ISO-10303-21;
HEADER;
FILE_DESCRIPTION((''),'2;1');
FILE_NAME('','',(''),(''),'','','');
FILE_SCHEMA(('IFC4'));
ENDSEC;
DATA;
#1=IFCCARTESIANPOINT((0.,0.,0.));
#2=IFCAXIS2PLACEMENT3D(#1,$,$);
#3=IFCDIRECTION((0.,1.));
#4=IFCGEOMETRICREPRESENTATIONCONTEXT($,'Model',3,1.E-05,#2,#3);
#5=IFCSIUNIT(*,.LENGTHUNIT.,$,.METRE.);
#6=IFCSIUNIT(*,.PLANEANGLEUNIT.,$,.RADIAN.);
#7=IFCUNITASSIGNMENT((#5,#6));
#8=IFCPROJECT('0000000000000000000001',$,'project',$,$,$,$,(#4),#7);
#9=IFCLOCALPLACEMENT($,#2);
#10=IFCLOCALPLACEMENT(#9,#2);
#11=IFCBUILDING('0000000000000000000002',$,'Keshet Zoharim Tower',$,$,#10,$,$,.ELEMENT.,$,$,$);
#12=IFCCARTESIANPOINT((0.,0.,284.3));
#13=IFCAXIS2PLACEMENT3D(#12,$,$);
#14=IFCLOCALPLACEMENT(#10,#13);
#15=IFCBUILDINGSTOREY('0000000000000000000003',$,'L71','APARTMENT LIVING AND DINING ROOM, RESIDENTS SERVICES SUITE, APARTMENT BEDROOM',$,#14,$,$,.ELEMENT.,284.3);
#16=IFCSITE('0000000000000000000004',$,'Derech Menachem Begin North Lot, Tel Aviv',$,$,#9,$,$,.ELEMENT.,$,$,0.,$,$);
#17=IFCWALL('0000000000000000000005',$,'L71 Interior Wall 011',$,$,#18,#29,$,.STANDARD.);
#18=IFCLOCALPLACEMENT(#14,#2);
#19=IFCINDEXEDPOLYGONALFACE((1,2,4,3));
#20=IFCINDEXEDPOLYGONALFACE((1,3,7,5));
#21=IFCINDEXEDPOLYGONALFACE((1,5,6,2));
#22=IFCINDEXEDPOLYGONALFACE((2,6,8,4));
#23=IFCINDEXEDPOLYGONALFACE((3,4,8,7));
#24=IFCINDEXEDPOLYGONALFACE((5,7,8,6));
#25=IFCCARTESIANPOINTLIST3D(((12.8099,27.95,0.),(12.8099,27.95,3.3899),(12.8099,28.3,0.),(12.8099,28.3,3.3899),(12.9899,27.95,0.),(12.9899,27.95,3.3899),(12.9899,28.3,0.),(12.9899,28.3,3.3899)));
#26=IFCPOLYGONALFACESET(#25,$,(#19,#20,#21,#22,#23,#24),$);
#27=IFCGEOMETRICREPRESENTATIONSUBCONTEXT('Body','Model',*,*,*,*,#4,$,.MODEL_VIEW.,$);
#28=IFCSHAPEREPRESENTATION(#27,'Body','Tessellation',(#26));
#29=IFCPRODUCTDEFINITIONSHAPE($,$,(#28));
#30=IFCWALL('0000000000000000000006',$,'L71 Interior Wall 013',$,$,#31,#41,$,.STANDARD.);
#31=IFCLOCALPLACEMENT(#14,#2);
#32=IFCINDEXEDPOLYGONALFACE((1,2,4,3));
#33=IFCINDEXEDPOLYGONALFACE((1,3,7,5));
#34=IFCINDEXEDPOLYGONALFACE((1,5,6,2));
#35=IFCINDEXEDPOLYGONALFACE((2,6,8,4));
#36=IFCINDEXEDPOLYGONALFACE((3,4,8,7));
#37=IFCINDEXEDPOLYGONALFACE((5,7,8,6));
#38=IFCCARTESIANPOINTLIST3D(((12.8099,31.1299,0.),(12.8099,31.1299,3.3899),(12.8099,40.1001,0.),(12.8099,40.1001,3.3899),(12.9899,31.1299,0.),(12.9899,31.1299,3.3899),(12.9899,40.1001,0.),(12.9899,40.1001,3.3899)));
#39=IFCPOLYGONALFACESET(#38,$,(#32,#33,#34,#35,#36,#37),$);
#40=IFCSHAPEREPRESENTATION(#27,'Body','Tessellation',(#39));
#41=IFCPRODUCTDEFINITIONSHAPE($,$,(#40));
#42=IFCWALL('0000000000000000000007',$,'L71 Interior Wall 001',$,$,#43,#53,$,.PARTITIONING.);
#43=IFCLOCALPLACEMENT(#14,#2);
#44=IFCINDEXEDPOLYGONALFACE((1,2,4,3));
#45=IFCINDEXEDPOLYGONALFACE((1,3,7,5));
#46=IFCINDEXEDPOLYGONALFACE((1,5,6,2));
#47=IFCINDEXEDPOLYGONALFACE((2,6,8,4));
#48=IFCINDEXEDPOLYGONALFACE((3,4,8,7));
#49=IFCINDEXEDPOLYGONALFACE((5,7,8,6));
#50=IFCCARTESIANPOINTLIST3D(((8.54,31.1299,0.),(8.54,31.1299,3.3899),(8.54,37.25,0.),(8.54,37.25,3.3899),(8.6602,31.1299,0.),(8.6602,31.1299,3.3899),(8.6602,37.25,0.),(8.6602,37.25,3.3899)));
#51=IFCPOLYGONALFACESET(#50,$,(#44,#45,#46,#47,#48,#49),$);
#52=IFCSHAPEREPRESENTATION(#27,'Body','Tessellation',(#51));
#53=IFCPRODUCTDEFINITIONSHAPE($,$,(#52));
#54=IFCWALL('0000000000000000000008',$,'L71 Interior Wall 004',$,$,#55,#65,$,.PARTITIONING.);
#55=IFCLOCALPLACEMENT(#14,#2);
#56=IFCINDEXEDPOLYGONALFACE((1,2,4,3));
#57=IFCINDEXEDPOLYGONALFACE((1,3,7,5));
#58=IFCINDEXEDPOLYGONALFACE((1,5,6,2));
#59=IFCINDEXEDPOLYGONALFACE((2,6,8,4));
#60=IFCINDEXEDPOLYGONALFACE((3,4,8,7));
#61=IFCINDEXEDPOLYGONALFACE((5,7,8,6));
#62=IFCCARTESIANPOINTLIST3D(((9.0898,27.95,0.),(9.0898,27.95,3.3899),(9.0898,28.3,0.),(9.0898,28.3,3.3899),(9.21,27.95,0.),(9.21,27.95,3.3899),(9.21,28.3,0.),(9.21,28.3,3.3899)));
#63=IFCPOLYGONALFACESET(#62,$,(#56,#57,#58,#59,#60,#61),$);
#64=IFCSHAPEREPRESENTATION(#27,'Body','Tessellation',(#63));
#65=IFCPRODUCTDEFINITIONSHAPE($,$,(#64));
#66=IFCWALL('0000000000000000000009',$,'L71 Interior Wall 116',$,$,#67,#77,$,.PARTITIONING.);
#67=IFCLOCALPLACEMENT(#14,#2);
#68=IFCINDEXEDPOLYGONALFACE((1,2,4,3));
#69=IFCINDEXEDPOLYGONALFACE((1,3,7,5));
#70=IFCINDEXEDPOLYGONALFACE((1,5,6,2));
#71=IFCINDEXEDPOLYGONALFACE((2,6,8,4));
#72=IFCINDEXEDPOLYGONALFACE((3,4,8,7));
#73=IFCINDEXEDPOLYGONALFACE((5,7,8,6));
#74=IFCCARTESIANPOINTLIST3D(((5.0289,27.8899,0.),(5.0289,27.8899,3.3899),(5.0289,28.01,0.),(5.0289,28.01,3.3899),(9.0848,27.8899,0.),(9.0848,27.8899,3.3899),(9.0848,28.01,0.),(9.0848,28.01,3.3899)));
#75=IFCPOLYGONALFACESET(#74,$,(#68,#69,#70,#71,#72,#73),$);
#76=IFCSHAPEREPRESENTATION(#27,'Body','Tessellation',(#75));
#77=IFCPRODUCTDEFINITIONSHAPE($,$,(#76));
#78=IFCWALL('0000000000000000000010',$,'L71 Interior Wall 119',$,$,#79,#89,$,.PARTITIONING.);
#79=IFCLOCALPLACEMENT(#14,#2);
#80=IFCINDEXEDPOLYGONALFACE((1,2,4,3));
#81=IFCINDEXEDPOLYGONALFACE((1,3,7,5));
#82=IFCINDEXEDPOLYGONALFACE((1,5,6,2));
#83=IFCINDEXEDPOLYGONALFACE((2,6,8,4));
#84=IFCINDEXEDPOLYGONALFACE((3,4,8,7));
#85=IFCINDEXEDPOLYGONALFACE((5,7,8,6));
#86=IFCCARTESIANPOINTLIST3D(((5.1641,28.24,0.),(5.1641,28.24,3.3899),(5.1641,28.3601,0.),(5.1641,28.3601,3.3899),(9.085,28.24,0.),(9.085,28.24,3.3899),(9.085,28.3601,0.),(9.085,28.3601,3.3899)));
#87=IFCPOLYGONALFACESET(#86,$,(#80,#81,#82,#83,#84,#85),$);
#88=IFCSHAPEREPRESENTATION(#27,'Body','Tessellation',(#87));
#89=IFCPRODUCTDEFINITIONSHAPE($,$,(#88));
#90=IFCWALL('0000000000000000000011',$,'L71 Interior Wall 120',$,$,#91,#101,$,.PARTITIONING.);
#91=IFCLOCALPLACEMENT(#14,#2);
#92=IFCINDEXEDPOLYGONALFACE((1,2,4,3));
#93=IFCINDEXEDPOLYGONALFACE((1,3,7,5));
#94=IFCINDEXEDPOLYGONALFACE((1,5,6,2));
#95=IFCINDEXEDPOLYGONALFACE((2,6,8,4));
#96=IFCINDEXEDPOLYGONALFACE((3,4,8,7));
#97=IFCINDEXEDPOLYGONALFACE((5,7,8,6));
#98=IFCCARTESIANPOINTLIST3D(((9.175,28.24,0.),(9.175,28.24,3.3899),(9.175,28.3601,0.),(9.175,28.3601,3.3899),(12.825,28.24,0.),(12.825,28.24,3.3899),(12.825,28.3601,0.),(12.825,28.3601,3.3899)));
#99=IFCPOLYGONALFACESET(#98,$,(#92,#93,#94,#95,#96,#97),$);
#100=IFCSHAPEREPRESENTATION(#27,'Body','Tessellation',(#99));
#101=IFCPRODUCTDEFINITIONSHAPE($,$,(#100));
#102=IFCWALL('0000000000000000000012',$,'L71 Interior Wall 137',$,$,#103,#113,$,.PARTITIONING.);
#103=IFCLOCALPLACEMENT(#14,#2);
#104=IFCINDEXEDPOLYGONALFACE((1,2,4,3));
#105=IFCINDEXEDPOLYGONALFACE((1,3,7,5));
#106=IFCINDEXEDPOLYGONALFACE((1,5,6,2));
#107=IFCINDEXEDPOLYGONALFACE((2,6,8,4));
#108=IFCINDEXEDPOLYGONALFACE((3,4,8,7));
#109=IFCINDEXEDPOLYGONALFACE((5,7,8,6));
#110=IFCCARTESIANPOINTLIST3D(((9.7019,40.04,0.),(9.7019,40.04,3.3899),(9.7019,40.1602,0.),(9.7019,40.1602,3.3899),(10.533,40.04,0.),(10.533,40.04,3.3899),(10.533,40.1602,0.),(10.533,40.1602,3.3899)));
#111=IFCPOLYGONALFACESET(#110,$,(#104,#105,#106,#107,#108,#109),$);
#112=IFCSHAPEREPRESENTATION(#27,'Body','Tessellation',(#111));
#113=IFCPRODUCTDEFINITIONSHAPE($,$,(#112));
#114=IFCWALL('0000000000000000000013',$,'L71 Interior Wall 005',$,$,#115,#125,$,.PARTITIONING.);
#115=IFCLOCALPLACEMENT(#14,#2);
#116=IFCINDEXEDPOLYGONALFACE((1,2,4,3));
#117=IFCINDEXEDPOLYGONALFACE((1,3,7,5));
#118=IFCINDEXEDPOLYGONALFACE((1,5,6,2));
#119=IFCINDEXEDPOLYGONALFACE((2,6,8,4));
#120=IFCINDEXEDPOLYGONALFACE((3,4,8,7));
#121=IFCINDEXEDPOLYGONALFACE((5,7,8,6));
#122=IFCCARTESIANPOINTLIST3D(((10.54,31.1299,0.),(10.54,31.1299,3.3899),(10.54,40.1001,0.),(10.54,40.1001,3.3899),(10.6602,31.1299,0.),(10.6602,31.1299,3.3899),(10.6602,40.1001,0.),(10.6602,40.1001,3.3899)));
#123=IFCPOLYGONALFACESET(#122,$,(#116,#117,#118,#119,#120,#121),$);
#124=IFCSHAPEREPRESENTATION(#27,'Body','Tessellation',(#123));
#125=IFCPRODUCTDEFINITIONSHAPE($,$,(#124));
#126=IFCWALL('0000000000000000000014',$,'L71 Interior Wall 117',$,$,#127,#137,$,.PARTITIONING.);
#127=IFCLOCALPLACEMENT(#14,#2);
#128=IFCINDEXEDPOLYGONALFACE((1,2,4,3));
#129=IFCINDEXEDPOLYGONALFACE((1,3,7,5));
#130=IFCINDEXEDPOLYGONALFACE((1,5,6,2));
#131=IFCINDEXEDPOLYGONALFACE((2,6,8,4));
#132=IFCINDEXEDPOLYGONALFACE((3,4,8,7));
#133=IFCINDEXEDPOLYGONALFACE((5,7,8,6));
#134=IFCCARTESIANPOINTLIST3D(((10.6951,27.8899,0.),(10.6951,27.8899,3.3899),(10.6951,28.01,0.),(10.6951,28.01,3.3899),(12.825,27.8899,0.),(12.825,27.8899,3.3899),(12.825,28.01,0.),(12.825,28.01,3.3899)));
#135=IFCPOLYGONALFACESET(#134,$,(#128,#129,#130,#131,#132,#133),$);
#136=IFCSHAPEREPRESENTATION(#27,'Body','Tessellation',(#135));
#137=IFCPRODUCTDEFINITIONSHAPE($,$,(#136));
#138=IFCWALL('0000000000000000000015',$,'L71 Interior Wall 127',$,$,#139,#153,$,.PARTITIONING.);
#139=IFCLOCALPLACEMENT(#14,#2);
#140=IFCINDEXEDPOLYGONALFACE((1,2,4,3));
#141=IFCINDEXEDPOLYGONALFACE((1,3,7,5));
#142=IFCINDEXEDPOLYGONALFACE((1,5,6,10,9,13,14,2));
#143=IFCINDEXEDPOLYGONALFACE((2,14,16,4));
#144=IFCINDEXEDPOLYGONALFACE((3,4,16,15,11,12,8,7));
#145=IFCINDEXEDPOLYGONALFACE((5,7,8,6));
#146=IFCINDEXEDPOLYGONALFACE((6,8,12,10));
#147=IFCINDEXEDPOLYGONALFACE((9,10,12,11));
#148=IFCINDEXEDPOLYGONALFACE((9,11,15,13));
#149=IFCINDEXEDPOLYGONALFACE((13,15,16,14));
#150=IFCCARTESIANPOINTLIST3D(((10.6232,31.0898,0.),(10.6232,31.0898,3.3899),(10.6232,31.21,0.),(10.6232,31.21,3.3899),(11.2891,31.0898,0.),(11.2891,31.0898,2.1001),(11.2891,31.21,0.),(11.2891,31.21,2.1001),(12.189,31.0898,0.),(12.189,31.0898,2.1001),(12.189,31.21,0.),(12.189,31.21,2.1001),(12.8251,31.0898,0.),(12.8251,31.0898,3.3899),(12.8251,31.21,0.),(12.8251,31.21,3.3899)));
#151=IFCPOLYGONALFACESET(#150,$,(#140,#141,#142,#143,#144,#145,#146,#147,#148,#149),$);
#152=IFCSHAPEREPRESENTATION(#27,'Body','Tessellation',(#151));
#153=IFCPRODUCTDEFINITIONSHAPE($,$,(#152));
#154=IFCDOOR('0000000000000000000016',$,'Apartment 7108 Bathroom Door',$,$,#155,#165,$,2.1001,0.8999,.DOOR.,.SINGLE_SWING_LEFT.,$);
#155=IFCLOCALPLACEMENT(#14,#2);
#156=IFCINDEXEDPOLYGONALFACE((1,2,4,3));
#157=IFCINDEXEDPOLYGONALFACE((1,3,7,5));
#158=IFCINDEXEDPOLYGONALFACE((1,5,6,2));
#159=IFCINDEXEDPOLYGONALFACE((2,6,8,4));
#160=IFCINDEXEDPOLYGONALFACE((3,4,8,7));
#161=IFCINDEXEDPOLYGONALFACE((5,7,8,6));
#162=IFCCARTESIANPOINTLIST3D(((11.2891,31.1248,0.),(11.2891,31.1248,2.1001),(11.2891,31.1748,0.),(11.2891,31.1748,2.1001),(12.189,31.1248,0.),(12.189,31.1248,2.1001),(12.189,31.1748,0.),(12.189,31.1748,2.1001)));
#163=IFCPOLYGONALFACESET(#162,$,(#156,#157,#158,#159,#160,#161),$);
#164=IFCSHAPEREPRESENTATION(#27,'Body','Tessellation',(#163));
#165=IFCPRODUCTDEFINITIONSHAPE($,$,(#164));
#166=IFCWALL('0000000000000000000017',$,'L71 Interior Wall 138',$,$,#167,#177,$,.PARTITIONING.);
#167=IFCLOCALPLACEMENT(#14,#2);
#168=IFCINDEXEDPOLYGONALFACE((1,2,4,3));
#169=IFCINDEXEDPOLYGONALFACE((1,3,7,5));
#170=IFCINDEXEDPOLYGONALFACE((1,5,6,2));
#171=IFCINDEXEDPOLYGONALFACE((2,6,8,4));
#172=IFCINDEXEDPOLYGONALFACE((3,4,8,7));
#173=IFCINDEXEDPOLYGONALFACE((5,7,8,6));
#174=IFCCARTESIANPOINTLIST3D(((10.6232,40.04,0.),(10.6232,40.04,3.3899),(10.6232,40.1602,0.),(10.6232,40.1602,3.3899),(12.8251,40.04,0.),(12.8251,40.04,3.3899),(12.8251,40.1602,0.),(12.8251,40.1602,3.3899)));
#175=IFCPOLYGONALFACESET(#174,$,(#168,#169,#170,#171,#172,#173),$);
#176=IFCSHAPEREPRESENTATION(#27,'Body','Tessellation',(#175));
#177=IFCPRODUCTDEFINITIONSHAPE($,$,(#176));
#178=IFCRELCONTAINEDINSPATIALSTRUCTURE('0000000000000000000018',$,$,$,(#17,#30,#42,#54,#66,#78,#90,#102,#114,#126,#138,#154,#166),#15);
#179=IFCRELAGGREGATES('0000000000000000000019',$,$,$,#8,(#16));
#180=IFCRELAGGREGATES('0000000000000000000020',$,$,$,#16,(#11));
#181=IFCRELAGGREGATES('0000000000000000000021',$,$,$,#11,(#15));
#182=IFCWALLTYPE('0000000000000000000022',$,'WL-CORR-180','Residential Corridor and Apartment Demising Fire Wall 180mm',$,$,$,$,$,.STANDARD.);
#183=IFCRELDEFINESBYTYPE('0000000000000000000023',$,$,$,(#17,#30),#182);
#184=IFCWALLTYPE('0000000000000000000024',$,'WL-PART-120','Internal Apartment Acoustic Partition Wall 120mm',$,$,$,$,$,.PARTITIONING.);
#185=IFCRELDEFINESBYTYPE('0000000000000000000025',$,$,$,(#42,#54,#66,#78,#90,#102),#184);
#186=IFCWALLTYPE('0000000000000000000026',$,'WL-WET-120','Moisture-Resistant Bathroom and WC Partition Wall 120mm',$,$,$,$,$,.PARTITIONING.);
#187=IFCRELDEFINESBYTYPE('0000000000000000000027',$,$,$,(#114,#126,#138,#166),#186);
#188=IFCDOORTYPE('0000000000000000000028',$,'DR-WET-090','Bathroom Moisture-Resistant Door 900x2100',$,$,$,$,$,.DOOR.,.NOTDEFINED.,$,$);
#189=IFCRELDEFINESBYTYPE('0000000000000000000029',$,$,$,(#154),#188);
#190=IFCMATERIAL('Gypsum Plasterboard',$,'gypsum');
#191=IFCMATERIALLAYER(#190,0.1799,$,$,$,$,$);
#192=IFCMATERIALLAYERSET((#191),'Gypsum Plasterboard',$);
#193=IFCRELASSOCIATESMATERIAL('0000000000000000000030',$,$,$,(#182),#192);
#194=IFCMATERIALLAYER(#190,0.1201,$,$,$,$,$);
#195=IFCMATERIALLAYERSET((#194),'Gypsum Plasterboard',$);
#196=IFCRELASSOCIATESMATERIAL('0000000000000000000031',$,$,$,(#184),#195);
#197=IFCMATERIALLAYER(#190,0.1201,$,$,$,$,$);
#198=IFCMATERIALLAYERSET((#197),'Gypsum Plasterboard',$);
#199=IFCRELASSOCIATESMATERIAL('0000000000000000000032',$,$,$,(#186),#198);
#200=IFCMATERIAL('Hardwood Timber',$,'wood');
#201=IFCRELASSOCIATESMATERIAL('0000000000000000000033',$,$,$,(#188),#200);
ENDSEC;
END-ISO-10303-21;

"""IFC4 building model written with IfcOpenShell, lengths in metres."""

from ifc_helpers import new_model, si_unit, direction, frame, frame_2d, origin, place, context, subcontext, project, spatial, rectangle, extrude, material, layer, layer_set, type_object, element, fill, save


model = new_model("IFC4")

# Units and contexts
model_context = context("Model", 3, precision=1e-05, world=origin(), true_north=direction((0.0, 1.0)))
body_context = subcontext(model_context, "Body", "Model", "MODEL_VIEW")
ifc_project = project(units=[si_unit("LENGTHUNIT", "METRE"), si_unit("PLANEANGLEUNIT", "RADIAN")], contexts=[model_context])

# Site, building, storey
site_placement = place(None, origin())
site = spatial("IfcSite", under=ifc_project, at=site_placement, Name="Derech Menachem Begin North Lot, Tel Aviv", CompositionType="ELEMENT", RefElevation=0.0)
building_placement = place(site_placement, origin())
building = spatial("IfcBuilding", under=site, at=building_placement, Name="Keshet Zoharim Tower", CompositionType="ELEMENT")
storey_placement = place(building_placement, frame((0.0, 0.0, 284.3)))
storey = spatial("IfcBuildingStorey", under=building, at=storey_placement, Name="L71", Description="APARTMENT LIVING AND DINING ROOM, RESIDENTS SERVICES SUITE, APARTMENT BEDROOM", CompositionType="ELEMENT", Elevation=284.3)

# Wall
ifc_material_1 = material(Name="Gypsum Plasterboard", Category="gypsum")
ifc_layer_1 = layer(ifc_material_1, 0.1799)
ifc_layer_set_1 = layer_set([ifc_layer_1], Name="Gypsum Plasterboard")
wall_type_1 = type_object("IfcWallType", Name="WL-CORR-180", Description="Residential Corridor and Apartment Demising Fire Wall 180mm", PredefinedType="STANDARD", material=ifc_layer_set_1)
wall_1_placement = place(storey_placement, frame((12.8999, 27.95, 0.0), z_axis=(0.0, 0.0, 1.0), x_axis=(0.0, 1.0, 0.0)))
element("IfcWall", 1, at=wall_1_placement, inside=storey, type_object=wall_type_1, Name="L71 Interior Wall 011", PredefinedType="STANDARD", context=body_context, shape_type="SweptSolid", body=[
    extrude(rectangle(XDim=0.3501, YDim=0.1799, at=frame_2d((0.175, 0.0))), origin(), (0.0, 0.0, 1.0), 3.3899),
])

# Shared definitions
ifc_material_2 = material(Name="Hardwood Timber", Category="wood")

# Wall
wall_2_placement = place(storey_placement, frame((12.8999, 31.1299, 0.0), z_axis=(0.0, 0.0, 1.0), x_axis=(0.0, 1.0, 0.0)))
element("IfcWall", 2, at=wall_2_placement, inside=storey, type_object=wall_type_1, Name="L71 Interior Wall 013", PredefinedType="STANDARD", context=body_context, shape_type="SweptSolid", body=[
    extrude(rectangle(XDim=8.9702, YDim=0.1799, at=frame_2d((4.4851, 0.0))), origin(), (0.0, 0.0, 1.0), 3.3899),
])

# Walls
ifc_layer_2 = layer(ifc_material_1, 0.1201)
ifc_layer_set_2 = layer_set([ifc_layer_2], Name="Gypsum Plasterboard")
wall_type_2 = type_object("IfcWallType", Name="WL-PART-120", Description="Internal Apartment Acoustic Partition Wall 120mm", PredefinedType="PARTITIONING", material=ifc_layer_set_2)
wall_3_placement = place(storey_placement, frame((8.6001, 31.1299, 0.0), z_axis=(0.0, 0.0, 1.0), x_axis=(0.0, 1.0, 0.0)))
element("IfcWall", 3, at=wall_3_placement, inside=storey, type_object=wall_type_2, Name="L71 Interior Wall 001", PredefinedType="PARTITIONING", context=body_context, shape_type="SweptSolid", body=[
    extrude(rectangle(XDim=6.1201, YDim=0.1201, at=frame_2d((3.0601, 0.0))), origin(), (0.0, 0.0, 1.0), 3.3899),
])
wall_4_placement = place(storey_placement, frame((9.1499, 27.95, 0.0), z_axis=(0.0, 0.0, 1.0), x_axis=(0.0, 1.0, 0.0)))
element("IfcWall", 4, at=wall_4_placement, inside=storey, type_object=wall_type_2, Name="L71 Interior Wall 004", PredefinedType="PARTITIONING", context=body_context, shape_type="SweptSolid", body=[
    extrude(rectangle(XDim=0.3501, YDim=0.1201, at=frame_2d((0.175, 0.0))), origin(), (0.0, 0.0, 1.0), 3.3899),
])
wall_5_placement = place(storey_placement, frame((5.0291, 27.95, 0.0), z_axis=(0.0, 0.0, 1.0), x_axis=(1.0, 0.0, 0.0)))
element("IfcWall", 5, at=wall_5_placement, inside=storey, type_object=wall_type_2, Name="L71 Interior Wall 116", PredefinedType="PARTITIONING", context=body_context, shape_type="SweptSolid", body=[
    extrude(rectangle(XDim=4.0559, YDim=0.1201, at=frame_2d((2.0278, 0.0))), origin(), (0.0, 0.0, 1.0), 3.3899),
])
wall_6_placement = place(storey_placement, frame((5.1641, 28.3, 0.0), z_axis=(0.0, 0.0, 1.0), x_axis=(1.0, 0.0, 0.0)))
element("IfcWall", 6, at=wall_6_placement, inside=storey, type_object=wall_type_2, Name="L71 Interior Wall 119", PredefinedType="PARTITIONING", context=body_context, shape_type="SweptSolid", body=[
    extrude(rectangle(XDim=3.9209, YDim=0.1201, at=frame_2d((1.9604, 0.0))), origin(), (0.0, 0.0, 1.0), 3.3899),
])
wall_7_placement = place(storey_placement, frame((9.175, 28.3, 0.0), z_axis=(0.0, 0.0, 1.0), x_axis=(1.0, 0.0, 0.0)))
element("IfcWall", 7, at=wall_7_placement, inside=storey, type_object=wall_type_2, Name="L71 Interior Wall 120", PredefinedType="PARTITIONING", context=body_context, shape_type="SweptSolid", body=[
    extrude(rectangle(XDim=3.6499, YDim=0.1201, at=frame_2d((1.825, 0.0))), origin(), (0.0, 0.0, 1.0), 3.3899),
])

# Walls
wall_8_placement = place(storey_placement, frame((9.7019, 40.1001, 0.0), z_axis=(0.0, 0.0, 1.0), x_axis=(1.0, 0.0, 0.0)))
element("IfcWall", 8, at=wall_8_placement, inside=storey, type_object=wall_type_2, Name="L71 Interior Wall 137", PredefinedType="PARTITIONING", context=body_context, shape_type="SweptSolid", body=[
    extrude(rectangle(XDim=0.8311, YDim=0.1201, at=frame_2d((0.4155, 0.0))), origin(), (0.0, 0.0, 1.0), 3.3899),
])
ifc_layer_3 = layer(ifc_material_1, 0.1201)
ifc_layer_set_3 = layer_set([ifc_layer_3], Name="Gypsum Plasterboard")
wall_type_3 = type_object("IfcWallType", Name="WL-WET-120", Description="Moisture-Resistant Bathroom and WC Partition Wall 120mm", PredefinedType="PARTITIONING", material=ifc_layer_set_3)
wall_9_placement = place(storey_placement, frame((10.6001, 31.1299, 0.0), z_axis=(0.0, 0.0, 1.0), x_axis=(0.0, 1.0, 0.0)))
element("IfcWall", 9, at=wall_9_placement, inside=storey, type_object=wall_type_3, Name="L71 Interior Wall 005", PredefinedType="PARTITIONING", context=body_context, shape_type="SweptSolid", body=[
    extrude(rectangle(XDim=8.9702, YDim=0.1201, at=frame_2d((4.4851, 0.0))), origin(), (0.0, 0.0, 1.0), 3.3899),
])
wall_10_placement = place(storey_placement, frame((10.6951, 27.95, 0.0), z_axis=(0.0, 0.0, 1.0), x_axis=(1.0, 0.0, 0.0)))
element("IfcWall", 10, at=wall_10_placement, inside=storey, type_object=wall_type_3, Name="L71 Interior Wall 117", PredefinedType="PARTITIONING", context=body_context, shape_type="SweptSolid", body=[
    extrude(rectangle(XDim=2.1299, YDim=0.1201, at=frame_2d((1.0649, 0.0))), origin(), (0.0, 0.0, 1.0), 3.3899),
])

# Wall, opening, door
wall_11_placement = place(storey_placement, frame((10.623, 31.1499, 0.0), z_axis=(0.0, 0.0, 1.0), x_axis=(1.0, 0.0, 0.0)))
wall_11 = element("IfcWall", 11, at=wall_11_placement, inside=storey, type_object=wall_type_3, Name="L71 Interior Wall 127", PredefinedType="PARTITIONING", context=body_context, shape_type="SweptSolid", body=[
    extrude(rectangle(XDim=2.2019, YDim=0.1201, at=frame_2d((1.1011, 0.0))), origin(), (0.0, 0.0, 1.0), 3.3899),
])
opening_1_placement = place(wall_11_placement, frame((0.666, 0.0, 0.0)))
opening_1 = element("IfcOpeningElement", 12, at=opening_1_placement, cuts=wall_11, PredefinedType="OPENING", context=body_context, shape_type="SweptSolid", body=[
    extrude(rectangle(XDim=0.8999, YDim=2.1001, at=frame_2d((0.45, 1.05))), frame((0.0, 0.0701, 0.0), z_axis=(0.0, -1.0, 0.0), x_axis=(1.0, 0.0, 0.0)), (0.0, 0.0, 1.0), 0.1401),
])
door_type_1 = type_object("IfcDoorType", Name="DR-WET-090", Description="Bathroom Moisture-Resistant Door 900x2100", OperationType="NOTDEFINED", PredefinedType="DOOR", material=ifc_material_2)
door_1_placement = place(opening_1_placement, origin())
door_1 = element("IfcDoor", 13, at=door_1_placement, inside=storey, type_object=door_type_1, Name="Apartment 7108 Bathroom Door", OperationType="SINGLE_SWING_LEFT", OverallHeight=2.1001, OverallWidth=0.8999, PredefinedType="DOOR", context=body_context, shape_type="SweptSolid", body=[
    extrude(rectangle(XDim=0.8999, YDim=2.1001, at=frame_2d((0.45, 1.05))), frame((0.0, 0.0249, 0.0), z_axis=(0.0, -1.0, 0.0), x_axis=(1.0, 0.0, 0.0)), (0.0, 0.0, 1.0), 0.05),
])
fill(opening_1, door_1)

# Wall
wall_12_placement = place(storey_placement, frame((10.623, 40.1001, 0.0), z_axis=(0.0, 0.0, 1.0), x_axis=(1.0, 0.0, 0.0)))
element("IfcWall", 14, at=wall_12_placement, inside=storey, type_object=wall_type_3, Name="L71 Interior Wall 138", PredefinedType="PARTITIONING", context=body_context, shape_type="SweptSolid", body=[
    extrude(rectangle(XDim=2.2019, YDim=0.1201, at=frame_2d((1.1011, 0.0))), origin(), (0.0, 0.0, 1.0), 3.3899),
])

save(model, "model.ifc")
